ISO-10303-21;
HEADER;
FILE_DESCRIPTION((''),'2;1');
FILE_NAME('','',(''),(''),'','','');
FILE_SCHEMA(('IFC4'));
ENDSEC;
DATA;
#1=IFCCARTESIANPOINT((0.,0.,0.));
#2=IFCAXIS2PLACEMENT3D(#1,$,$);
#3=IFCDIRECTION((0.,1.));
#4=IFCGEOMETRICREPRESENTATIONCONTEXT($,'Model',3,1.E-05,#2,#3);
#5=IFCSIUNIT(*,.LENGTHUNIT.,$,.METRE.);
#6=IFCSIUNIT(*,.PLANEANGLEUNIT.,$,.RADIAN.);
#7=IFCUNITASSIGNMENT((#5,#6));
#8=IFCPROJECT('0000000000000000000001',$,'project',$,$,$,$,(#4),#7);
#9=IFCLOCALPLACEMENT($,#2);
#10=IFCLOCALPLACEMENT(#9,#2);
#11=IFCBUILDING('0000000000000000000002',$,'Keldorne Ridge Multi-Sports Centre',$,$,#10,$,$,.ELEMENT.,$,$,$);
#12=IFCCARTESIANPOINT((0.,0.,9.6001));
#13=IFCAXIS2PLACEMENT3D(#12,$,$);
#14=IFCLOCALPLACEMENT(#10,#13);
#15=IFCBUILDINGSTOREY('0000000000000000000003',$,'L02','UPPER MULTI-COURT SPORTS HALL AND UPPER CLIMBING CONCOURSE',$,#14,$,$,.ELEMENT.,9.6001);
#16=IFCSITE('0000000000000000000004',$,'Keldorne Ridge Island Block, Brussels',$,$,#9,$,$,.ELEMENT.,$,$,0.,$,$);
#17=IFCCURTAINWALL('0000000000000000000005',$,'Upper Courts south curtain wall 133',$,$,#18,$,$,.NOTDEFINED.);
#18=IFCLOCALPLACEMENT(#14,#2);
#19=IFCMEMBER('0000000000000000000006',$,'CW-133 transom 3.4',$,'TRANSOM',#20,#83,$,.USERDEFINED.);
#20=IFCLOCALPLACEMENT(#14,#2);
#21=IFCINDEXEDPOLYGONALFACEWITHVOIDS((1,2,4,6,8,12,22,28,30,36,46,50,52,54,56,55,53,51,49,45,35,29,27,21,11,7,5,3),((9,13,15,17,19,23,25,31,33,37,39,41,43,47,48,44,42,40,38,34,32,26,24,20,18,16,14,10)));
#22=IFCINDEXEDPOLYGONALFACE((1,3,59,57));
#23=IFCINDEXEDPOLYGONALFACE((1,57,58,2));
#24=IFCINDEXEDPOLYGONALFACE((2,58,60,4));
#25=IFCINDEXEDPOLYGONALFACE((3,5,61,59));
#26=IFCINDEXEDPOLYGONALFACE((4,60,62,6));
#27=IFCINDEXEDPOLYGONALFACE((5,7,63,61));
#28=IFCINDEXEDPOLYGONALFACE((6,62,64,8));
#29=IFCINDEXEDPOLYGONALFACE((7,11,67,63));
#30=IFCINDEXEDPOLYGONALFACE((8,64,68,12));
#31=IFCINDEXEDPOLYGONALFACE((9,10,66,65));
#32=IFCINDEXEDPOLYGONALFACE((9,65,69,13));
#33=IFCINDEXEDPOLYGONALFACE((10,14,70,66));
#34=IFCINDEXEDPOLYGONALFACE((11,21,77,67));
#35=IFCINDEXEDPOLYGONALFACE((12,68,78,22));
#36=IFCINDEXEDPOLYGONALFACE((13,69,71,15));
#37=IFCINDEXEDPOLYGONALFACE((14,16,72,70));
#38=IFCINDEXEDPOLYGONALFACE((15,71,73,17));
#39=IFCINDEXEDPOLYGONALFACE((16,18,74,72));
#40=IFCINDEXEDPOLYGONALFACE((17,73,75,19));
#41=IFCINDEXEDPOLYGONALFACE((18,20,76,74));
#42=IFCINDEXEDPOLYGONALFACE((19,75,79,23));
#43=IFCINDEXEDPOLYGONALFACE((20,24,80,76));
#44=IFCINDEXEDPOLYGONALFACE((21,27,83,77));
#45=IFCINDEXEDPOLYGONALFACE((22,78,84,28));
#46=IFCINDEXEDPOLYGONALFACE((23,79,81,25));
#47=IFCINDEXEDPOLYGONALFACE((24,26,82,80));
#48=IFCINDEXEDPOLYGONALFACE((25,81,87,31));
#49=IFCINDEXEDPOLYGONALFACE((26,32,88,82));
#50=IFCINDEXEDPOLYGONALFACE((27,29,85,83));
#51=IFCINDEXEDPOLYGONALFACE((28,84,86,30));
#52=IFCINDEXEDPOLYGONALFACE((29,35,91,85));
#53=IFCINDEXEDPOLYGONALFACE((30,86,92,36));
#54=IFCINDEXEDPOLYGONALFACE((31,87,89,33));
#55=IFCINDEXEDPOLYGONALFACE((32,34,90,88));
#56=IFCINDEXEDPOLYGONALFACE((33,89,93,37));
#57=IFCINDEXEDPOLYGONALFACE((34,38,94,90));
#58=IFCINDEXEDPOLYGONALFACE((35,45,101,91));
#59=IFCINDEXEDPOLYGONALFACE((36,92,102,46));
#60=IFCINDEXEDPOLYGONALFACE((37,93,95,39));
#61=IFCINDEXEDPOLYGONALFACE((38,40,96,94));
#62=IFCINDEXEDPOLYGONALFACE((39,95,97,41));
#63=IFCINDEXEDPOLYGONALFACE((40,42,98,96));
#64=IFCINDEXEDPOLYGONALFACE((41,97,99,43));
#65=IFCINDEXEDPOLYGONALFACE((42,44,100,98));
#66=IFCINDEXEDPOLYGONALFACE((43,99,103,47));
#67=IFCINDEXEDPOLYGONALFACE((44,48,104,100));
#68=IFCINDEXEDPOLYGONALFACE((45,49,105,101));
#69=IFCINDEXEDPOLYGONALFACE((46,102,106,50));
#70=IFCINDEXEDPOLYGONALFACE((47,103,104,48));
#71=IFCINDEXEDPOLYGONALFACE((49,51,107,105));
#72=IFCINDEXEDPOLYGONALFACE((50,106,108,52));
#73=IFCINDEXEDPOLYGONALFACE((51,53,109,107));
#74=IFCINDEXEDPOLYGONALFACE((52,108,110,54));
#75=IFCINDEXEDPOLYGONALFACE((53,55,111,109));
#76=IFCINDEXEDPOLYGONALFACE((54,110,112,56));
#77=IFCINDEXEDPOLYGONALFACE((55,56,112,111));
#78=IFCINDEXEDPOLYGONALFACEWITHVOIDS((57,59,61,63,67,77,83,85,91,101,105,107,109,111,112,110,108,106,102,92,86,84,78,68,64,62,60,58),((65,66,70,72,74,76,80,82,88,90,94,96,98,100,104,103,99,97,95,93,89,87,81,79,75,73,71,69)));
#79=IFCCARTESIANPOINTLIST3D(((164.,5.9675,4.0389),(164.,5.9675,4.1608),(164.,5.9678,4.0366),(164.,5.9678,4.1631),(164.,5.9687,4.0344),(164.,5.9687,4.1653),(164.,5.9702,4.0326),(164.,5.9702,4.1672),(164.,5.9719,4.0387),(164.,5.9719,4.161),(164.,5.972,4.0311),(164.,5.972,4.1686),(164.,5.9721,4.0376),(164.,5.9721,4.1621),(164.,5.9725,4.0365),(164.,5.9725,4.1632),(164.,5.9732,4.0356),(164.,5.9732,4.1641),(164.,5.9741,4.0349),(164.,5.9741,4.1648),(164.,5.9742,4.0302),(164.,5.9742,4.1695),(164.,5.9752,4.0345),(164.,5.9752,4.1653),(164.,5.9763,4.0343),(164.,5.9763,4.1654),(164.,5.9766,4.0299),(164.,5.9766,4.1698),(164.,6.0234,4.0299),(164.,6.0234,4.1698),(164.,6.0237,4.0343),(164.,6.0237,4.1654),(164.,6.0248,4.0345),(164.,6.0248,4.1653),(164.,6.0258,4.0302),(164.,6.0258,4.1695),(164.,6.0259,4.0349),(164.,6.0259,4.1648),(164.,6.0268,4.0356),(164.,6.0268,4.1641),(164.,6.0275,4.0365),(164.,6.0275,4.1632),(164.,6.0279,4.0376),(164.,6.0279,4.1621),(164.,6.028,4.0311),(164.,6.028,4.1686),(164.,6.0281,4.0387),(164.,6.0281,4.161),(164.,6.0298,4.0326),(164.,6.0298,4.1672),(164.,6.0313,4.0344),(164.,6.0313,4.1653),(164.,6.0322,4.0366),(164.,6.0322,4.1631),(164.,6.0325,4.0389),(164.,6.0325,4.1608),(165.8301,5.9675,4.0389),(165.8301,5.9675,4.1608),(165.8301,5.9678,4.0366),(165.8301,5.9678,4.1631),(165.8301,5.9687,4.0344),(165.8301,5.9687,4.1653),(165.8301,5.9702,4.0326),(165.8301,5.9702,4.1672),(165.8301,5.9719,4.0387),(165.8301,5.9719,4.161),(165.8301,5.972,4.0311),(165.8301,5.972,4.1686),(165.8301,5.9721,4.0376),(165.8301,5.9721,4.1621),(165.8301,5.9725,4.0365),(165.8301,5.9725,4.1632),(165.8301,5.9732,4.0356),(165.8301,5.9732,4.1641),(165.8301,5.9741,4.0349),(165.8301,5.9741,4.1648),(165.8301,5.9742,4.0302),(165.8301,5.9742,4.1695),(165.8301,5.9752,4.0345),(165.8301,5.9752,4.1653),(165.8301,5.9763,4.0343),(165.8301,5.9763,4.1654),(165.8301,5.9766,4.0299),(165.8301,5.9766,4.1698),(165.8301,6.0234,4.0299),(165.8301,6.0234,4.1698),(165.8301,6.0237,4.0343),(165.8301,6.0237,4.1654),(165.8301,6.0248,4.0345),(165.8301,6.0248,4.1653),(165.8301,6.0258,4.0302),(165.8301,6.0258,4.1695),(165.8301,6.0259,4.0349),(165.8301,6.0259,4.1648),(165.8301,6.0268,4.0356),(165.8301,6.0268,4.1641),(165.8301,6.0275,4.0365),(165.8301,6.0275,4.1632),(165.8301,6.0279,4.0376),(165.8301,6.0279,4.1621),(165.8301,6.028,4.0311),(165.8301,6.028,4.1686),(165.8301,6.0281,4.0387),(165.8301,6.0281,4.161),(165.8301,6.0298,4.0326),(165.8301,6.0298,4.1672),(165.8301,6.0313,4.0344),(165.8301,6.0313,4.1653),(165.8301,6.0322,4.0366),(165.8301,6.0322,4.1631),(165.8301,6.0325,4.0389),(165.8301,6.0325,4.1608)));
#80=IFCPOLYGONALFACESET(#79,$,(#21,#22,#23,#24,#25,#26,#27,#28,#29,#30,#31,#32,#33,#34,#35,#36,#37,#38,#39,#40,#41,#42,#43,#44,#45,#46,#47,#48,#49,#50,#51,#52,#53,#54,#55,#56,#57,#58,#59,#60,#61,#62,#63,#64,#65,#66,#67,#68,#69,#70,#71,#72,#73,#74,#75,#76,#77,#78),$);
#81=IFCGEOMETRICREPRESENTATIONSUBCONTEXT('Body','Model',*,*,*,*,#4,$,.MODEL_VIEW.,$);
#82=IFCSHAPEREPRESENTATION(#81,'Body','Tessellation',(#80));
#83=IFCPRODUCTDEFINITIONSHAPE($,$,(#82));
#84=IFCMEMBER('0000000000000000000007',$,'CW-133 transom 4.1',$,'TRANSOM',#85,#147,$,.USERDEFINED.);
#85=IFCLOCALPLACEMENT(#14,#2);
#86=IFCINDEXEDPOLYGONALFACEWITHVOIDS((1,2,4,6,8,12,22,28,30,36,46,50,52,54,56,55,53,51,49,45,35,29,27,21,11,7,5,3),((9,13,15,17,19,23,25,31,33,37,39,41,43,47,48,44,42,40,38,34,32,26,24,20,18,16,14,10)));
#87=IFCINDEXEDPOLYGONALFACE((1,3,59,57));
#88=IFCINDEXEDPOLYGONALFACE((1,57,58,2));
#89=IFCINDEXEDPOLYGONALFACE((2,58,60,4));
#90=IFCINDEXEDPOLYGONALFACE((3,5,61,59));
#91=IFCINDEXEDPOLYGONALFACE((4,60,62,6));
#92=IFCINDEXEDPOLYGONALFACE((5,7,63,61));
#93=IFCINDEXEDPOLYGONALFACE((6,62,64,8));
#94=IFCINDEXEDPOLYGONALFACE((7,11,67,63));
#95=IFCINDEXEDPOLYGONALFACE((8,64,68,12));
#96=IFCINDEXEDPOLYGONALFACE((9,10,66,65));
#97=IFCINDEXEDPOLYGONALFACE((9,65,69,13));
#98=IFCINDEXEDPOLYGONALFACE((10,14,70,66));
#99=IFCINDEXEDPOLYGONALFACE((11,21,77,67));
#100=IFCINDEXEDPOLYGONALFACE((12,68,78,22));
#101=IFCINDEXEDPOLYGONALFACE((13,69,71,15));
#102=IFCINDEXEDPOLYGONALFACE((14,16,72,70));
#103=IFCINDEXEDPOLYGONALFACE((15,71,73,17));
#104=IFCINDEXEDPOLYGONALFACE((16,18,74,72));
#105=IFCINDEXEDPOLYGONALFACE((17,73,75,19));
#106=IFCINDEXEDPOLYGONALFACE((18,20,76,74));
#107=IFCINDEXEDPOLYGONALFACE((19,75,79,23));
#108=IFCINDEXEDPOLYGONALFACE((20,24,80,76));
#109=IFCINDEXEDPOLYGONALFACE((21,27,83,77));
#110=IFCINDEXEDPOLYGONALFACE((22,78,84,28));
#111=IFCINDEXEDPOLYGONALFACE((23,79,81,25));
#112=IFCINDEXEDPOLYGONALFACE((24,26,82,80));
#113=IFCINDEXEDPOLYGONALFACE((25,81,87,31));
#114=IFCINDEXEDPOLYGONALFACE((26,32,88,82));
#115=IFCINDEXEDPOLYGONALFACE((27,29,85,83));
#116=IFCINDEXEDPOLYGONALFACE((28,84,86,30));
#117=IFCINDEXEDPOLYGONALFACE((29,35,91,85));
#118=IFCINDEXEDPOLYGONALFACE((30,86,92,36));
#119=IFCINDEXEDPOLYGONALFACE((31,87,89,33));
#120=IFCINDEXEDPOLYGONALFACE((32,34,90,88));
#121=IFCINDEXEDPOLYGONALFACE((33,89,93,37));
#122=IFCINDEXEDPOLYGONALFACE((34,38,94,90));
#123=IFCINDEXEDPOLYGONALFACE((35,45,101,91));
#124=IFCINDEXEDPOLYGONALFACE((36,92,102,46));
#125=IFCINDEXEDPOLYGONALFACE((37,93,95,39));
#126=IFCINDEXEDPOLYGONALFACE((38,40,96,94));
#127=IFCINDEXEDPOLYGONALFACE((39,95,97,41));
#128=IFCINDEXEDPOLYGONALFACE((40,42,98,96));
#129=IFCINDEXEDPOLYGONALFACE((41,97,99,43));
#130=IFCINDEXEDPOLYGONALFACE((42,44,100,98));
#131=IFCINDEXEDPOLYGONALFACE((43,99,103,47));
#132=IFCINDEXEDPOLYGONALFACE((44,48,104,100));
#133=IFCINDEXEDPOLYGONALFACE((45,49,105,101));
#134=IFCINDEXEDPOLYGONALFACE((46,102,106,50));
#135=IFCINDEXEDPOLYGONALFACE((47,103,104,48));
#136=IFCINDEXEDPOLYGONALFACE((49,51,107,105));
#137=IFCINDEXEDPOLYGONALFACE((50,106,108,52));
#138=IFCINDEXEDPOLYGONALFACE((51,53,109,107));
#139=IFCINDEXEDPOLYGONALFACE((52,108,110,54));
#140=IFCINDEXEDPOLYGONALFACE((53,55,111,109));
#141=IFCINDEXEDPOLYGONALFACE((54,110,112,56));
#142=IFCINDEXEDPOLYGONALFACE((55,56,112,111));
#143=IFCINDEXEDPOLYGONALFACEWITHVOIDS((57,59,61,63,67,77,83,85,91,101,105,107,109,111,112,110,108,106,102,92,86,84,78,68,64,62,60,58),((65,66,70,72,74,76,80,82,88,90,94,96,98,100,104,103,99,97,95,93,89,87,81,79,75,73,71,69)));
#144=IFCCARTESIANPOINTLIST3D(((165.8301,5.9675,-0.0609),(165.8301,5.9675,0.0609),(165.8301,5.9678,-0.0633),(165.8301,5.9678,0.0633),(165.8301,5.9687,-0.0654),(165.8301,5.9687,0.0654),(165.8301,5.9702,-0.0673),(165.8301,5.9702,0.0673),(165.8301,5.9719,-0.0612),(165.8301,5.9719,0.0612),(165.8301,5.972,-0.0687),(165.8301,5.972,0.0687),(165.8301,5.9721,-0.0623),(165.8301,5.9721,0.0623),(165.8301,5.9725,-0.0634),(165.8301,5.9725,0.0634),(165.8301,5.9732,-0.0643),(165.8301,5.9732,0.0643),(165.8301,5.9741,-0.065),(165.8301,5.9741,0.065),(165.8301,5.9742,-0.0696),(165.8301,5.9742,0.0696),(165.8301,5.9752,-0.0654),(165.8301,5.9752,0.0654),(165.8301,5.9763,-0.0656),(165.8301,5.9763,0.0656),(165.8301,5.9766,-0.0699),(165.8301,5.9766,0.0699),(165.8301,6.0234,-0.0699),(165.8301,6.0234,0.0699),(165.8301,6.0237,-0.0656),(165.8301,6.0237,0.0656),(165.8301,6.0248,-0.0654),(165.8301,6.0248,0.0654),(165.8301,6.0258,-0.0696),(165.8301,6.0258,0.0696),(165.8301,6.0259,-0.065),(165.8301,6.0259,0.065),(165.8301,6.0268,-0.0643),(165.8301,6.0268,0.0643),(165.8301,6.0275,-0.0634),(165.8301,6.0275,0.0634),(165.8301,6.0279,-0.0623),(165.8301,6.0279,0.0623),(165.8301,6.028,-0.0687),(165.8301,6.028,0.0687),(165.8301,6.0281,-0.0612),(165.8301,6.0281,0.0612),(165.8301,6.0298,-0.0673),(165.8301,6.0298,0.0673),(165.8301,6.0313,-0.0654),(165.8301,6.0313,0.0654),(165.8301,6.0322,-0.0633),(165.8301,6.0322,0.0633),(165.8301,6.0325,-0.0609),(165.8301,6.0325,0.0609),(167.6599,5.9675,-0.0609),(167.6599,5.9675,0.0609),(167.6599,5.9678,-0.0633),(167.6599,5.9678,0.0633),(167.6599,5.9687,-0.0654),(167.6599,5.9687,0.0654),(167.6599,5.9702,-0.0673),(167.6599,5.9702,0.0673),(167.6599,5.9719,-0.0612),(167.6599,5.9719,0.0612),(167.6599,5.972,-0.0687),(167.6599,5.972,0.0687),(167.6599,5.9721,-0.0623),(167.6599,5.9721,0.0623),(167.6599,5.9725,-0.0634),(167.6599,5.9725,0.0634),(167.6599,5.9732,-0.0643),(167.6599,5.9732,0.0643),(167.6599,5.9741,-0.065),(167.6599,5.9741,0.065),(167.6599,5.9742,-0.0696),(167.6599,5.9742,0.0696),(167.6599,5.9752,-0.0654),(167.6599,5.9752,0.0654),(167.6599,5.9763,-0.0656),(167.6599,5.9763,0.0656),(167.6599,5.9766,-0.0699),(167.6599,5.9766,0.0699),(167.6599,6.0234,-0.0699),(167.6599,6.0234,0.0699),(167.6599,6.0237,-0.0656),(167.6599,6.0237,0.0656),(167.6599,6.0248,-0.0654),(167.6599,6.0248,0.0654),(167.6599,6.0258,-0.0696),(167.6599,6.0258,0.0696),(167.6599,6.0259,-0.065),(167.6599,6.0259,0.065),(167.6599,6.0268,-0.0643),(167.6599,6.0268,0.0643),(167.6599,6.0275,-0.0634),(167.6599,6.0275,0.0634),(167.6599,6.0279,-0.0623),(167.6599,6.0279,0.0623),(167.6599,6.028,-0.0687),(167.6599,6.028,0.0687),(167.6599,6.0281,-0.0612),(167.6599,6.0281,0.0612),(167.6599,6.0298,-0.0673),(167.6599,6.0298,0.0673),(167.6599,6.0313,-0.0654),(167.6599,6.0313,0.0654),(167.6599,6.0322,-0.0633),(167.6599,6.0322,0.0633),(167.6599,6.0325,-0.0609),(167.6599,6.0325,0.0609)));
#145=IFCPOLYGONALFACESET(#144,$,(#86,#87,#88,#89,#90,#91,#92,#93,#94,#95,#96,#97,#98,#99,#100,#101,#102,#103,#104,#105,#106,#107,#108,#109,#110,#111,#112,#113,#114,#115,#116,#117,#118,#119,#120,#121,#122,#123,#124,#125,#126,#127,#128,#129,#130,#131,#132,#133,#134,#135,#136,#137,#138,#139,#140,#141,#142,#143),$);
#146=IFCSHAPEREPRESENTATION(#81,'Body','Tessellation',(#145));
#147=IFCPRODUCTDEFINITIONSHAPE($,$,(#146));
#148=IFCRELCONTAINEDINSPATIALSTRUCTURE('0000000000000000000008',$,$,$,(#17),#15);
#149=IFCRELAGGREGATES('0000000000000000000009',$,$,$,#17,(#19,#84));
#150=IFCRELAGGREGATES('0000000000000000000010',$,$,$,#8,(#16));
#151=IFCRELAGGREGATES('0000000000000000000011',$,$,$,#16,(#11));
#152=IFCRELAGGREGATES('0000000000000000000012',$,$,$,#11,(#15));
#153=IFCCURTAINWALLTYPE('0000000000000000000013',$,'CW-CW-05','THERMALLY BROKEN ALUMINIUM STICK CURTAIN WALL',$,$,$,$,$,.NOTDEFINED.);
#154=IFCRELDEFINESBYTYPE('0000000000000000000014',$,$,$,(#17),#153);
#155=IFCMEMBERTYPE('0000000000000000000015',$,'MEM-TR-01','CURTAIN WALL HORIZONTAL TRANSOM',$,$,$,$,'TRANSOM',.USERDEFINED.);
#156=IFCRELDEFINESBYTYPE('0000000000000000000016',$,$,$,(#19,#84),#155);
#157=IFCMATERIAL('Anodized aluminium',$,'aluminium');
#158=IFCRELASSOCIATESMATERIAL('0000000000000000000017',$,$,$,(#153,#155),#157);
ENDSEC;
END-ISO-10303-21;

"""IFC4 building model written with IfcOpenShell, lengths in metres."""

from ifc_helpers import new_model, si_unit, direction, frame, origin, origin_2d, place, context, subcontext, project, spatial, hollow_rectangle, extrude, material, material_profile, profile_set, type_object, element, aggregate, save


model = new_model("IFC4")

# Units and contexts
model_context = context("Model", 3, precision=1e-05, world=origin(), true_north=direction((0.0, 1.0)))
body_context = subcontext(model_context, "Body", "Model", "MODEL_VIEW")
ifc_project = project(units=[si_unit("LENGTHUNIT", "METRE"), si_unit("PLANEANGLEUNIT", "RADIAN")], contexts=[model_context])

# Site, building, storey
site_placement = place(None, origin())
site = spatial("IfcSite", under=ifc_project, at=site_placement, Name="Keldorne Ridge Island Block, Brussels", CompositionType="ELEMENT", RefElevation=0.0)
building_placement = place(site_placement, origin())
building = spatial("IfcBuilding", under=site, at=building_placement, Name="Keldorne Ridge Multi-Sports Centre", CompositionType="ELEMENT")
storey_placement = place(building_placement, frame((0.0, 0.0, 9.6001)))
storey = spatial("IfcBuildingStorey", under=building, at=storey_placement, Name="L02", Description="UPPER MULTI-COURT SPORTS HALL AND UPPER CLIMBING CONCOURSE", CompositionType="ELEMENT", Elevation=9.6001)

# Curtain wall, members
ifc_material_1 = material(Name="Anodized aluminium", Category="aluminium")
curtain_wall_type = type_object("IfcCurtainWallType", Name="CW-CW-05", Description="THERMALLY BROKEN ALUMINIUM STICK CURTAIN WALL", PredefinedType="NOTDEFINED", material=ifc_material_1)
curtain_wall_placement = place(storey_placement, origin())
curtain_wall = element("IfcCurtainWall", 1, at=curtain_wall_placement, inside=storey, type_object=curtain_wall_type, Name="Upper Courts south curtain wall 133", PredefinedType="NOTDEFINED")
ifc_material_profile_1 = material_profile(ifc_material_1, hollow_rectangle(XDim=0.0649, YDim=0.1399, WallThickness=0.0044, InnerFilletRadius=0.0044, OuterFilletRadius=0.009, at=origin_2d()), Name="ALU TRANSOM 140x65x4.5")
ifc_profile_set_1 = profile_set([ifc_material_profile_1], Name="Anodized aluminium")
member_type_1 = type_object("IfcMemberType", Name="MEM-TR-01", Description="CURTAIN WALL HORIZONTAL TRANSOM", ElementType="TRANSOM", PredefinedType="USERDEFINED", material=ifc_profile_set_1)
member_1_placement = place(storey_placement, frame((164.0, 6.0, 4.0999), z_axis=(1.0, 0.0, 0.0), x_axis=(0.0, 1.0, 0.0)))
member_1 = element("IfcMember", 2, at=member_1_placement, type_object=member_type_1, Name="CW-133 transom 3.4", ObjectType="TRANSOM", PredefinedType="USERDEFINED", context=body_context, shape_type="SweptSolid", body=[
    extrude(hollow_rectangle(XDim=0.0649, YDim=0.1399, WallThickness=0.0044, InnerFilletRadius=0.0044, OuterFilletRadius=0.009, at=origin_2d()), origin(), (0.0, 0.0, 1.0), 1.8301),
])
member_2_placement = place(storey_placement, frame((165.8301, 6.0, 0.0), z_axis=(1.0, 0.0, 0.0), x_axis=(0.0, 1.0, 0.0)))
member_2 = element("IfcMember", 3, at=member_2_placement, type_object=member_type_1, Name="CW-133 transom 4.1", ObjectType="TRANSOM", PredefinedType="USERDEFINED", context=body_context, shape_type="SweptSolid", body=[
    extrude(hollow_rectangle(XDim=0.0649, YDim=0.1399, WallThickness=0.0044, InnerFilletRadius=0.0044, OuterFilletRadius=0.009, at=origin_2d()), origin(), (0.0, 0.0, 1.0), 1.8298),
])
aggregate(curtain_wall, [member_1, member_2])

save(model, "model.ifc")
